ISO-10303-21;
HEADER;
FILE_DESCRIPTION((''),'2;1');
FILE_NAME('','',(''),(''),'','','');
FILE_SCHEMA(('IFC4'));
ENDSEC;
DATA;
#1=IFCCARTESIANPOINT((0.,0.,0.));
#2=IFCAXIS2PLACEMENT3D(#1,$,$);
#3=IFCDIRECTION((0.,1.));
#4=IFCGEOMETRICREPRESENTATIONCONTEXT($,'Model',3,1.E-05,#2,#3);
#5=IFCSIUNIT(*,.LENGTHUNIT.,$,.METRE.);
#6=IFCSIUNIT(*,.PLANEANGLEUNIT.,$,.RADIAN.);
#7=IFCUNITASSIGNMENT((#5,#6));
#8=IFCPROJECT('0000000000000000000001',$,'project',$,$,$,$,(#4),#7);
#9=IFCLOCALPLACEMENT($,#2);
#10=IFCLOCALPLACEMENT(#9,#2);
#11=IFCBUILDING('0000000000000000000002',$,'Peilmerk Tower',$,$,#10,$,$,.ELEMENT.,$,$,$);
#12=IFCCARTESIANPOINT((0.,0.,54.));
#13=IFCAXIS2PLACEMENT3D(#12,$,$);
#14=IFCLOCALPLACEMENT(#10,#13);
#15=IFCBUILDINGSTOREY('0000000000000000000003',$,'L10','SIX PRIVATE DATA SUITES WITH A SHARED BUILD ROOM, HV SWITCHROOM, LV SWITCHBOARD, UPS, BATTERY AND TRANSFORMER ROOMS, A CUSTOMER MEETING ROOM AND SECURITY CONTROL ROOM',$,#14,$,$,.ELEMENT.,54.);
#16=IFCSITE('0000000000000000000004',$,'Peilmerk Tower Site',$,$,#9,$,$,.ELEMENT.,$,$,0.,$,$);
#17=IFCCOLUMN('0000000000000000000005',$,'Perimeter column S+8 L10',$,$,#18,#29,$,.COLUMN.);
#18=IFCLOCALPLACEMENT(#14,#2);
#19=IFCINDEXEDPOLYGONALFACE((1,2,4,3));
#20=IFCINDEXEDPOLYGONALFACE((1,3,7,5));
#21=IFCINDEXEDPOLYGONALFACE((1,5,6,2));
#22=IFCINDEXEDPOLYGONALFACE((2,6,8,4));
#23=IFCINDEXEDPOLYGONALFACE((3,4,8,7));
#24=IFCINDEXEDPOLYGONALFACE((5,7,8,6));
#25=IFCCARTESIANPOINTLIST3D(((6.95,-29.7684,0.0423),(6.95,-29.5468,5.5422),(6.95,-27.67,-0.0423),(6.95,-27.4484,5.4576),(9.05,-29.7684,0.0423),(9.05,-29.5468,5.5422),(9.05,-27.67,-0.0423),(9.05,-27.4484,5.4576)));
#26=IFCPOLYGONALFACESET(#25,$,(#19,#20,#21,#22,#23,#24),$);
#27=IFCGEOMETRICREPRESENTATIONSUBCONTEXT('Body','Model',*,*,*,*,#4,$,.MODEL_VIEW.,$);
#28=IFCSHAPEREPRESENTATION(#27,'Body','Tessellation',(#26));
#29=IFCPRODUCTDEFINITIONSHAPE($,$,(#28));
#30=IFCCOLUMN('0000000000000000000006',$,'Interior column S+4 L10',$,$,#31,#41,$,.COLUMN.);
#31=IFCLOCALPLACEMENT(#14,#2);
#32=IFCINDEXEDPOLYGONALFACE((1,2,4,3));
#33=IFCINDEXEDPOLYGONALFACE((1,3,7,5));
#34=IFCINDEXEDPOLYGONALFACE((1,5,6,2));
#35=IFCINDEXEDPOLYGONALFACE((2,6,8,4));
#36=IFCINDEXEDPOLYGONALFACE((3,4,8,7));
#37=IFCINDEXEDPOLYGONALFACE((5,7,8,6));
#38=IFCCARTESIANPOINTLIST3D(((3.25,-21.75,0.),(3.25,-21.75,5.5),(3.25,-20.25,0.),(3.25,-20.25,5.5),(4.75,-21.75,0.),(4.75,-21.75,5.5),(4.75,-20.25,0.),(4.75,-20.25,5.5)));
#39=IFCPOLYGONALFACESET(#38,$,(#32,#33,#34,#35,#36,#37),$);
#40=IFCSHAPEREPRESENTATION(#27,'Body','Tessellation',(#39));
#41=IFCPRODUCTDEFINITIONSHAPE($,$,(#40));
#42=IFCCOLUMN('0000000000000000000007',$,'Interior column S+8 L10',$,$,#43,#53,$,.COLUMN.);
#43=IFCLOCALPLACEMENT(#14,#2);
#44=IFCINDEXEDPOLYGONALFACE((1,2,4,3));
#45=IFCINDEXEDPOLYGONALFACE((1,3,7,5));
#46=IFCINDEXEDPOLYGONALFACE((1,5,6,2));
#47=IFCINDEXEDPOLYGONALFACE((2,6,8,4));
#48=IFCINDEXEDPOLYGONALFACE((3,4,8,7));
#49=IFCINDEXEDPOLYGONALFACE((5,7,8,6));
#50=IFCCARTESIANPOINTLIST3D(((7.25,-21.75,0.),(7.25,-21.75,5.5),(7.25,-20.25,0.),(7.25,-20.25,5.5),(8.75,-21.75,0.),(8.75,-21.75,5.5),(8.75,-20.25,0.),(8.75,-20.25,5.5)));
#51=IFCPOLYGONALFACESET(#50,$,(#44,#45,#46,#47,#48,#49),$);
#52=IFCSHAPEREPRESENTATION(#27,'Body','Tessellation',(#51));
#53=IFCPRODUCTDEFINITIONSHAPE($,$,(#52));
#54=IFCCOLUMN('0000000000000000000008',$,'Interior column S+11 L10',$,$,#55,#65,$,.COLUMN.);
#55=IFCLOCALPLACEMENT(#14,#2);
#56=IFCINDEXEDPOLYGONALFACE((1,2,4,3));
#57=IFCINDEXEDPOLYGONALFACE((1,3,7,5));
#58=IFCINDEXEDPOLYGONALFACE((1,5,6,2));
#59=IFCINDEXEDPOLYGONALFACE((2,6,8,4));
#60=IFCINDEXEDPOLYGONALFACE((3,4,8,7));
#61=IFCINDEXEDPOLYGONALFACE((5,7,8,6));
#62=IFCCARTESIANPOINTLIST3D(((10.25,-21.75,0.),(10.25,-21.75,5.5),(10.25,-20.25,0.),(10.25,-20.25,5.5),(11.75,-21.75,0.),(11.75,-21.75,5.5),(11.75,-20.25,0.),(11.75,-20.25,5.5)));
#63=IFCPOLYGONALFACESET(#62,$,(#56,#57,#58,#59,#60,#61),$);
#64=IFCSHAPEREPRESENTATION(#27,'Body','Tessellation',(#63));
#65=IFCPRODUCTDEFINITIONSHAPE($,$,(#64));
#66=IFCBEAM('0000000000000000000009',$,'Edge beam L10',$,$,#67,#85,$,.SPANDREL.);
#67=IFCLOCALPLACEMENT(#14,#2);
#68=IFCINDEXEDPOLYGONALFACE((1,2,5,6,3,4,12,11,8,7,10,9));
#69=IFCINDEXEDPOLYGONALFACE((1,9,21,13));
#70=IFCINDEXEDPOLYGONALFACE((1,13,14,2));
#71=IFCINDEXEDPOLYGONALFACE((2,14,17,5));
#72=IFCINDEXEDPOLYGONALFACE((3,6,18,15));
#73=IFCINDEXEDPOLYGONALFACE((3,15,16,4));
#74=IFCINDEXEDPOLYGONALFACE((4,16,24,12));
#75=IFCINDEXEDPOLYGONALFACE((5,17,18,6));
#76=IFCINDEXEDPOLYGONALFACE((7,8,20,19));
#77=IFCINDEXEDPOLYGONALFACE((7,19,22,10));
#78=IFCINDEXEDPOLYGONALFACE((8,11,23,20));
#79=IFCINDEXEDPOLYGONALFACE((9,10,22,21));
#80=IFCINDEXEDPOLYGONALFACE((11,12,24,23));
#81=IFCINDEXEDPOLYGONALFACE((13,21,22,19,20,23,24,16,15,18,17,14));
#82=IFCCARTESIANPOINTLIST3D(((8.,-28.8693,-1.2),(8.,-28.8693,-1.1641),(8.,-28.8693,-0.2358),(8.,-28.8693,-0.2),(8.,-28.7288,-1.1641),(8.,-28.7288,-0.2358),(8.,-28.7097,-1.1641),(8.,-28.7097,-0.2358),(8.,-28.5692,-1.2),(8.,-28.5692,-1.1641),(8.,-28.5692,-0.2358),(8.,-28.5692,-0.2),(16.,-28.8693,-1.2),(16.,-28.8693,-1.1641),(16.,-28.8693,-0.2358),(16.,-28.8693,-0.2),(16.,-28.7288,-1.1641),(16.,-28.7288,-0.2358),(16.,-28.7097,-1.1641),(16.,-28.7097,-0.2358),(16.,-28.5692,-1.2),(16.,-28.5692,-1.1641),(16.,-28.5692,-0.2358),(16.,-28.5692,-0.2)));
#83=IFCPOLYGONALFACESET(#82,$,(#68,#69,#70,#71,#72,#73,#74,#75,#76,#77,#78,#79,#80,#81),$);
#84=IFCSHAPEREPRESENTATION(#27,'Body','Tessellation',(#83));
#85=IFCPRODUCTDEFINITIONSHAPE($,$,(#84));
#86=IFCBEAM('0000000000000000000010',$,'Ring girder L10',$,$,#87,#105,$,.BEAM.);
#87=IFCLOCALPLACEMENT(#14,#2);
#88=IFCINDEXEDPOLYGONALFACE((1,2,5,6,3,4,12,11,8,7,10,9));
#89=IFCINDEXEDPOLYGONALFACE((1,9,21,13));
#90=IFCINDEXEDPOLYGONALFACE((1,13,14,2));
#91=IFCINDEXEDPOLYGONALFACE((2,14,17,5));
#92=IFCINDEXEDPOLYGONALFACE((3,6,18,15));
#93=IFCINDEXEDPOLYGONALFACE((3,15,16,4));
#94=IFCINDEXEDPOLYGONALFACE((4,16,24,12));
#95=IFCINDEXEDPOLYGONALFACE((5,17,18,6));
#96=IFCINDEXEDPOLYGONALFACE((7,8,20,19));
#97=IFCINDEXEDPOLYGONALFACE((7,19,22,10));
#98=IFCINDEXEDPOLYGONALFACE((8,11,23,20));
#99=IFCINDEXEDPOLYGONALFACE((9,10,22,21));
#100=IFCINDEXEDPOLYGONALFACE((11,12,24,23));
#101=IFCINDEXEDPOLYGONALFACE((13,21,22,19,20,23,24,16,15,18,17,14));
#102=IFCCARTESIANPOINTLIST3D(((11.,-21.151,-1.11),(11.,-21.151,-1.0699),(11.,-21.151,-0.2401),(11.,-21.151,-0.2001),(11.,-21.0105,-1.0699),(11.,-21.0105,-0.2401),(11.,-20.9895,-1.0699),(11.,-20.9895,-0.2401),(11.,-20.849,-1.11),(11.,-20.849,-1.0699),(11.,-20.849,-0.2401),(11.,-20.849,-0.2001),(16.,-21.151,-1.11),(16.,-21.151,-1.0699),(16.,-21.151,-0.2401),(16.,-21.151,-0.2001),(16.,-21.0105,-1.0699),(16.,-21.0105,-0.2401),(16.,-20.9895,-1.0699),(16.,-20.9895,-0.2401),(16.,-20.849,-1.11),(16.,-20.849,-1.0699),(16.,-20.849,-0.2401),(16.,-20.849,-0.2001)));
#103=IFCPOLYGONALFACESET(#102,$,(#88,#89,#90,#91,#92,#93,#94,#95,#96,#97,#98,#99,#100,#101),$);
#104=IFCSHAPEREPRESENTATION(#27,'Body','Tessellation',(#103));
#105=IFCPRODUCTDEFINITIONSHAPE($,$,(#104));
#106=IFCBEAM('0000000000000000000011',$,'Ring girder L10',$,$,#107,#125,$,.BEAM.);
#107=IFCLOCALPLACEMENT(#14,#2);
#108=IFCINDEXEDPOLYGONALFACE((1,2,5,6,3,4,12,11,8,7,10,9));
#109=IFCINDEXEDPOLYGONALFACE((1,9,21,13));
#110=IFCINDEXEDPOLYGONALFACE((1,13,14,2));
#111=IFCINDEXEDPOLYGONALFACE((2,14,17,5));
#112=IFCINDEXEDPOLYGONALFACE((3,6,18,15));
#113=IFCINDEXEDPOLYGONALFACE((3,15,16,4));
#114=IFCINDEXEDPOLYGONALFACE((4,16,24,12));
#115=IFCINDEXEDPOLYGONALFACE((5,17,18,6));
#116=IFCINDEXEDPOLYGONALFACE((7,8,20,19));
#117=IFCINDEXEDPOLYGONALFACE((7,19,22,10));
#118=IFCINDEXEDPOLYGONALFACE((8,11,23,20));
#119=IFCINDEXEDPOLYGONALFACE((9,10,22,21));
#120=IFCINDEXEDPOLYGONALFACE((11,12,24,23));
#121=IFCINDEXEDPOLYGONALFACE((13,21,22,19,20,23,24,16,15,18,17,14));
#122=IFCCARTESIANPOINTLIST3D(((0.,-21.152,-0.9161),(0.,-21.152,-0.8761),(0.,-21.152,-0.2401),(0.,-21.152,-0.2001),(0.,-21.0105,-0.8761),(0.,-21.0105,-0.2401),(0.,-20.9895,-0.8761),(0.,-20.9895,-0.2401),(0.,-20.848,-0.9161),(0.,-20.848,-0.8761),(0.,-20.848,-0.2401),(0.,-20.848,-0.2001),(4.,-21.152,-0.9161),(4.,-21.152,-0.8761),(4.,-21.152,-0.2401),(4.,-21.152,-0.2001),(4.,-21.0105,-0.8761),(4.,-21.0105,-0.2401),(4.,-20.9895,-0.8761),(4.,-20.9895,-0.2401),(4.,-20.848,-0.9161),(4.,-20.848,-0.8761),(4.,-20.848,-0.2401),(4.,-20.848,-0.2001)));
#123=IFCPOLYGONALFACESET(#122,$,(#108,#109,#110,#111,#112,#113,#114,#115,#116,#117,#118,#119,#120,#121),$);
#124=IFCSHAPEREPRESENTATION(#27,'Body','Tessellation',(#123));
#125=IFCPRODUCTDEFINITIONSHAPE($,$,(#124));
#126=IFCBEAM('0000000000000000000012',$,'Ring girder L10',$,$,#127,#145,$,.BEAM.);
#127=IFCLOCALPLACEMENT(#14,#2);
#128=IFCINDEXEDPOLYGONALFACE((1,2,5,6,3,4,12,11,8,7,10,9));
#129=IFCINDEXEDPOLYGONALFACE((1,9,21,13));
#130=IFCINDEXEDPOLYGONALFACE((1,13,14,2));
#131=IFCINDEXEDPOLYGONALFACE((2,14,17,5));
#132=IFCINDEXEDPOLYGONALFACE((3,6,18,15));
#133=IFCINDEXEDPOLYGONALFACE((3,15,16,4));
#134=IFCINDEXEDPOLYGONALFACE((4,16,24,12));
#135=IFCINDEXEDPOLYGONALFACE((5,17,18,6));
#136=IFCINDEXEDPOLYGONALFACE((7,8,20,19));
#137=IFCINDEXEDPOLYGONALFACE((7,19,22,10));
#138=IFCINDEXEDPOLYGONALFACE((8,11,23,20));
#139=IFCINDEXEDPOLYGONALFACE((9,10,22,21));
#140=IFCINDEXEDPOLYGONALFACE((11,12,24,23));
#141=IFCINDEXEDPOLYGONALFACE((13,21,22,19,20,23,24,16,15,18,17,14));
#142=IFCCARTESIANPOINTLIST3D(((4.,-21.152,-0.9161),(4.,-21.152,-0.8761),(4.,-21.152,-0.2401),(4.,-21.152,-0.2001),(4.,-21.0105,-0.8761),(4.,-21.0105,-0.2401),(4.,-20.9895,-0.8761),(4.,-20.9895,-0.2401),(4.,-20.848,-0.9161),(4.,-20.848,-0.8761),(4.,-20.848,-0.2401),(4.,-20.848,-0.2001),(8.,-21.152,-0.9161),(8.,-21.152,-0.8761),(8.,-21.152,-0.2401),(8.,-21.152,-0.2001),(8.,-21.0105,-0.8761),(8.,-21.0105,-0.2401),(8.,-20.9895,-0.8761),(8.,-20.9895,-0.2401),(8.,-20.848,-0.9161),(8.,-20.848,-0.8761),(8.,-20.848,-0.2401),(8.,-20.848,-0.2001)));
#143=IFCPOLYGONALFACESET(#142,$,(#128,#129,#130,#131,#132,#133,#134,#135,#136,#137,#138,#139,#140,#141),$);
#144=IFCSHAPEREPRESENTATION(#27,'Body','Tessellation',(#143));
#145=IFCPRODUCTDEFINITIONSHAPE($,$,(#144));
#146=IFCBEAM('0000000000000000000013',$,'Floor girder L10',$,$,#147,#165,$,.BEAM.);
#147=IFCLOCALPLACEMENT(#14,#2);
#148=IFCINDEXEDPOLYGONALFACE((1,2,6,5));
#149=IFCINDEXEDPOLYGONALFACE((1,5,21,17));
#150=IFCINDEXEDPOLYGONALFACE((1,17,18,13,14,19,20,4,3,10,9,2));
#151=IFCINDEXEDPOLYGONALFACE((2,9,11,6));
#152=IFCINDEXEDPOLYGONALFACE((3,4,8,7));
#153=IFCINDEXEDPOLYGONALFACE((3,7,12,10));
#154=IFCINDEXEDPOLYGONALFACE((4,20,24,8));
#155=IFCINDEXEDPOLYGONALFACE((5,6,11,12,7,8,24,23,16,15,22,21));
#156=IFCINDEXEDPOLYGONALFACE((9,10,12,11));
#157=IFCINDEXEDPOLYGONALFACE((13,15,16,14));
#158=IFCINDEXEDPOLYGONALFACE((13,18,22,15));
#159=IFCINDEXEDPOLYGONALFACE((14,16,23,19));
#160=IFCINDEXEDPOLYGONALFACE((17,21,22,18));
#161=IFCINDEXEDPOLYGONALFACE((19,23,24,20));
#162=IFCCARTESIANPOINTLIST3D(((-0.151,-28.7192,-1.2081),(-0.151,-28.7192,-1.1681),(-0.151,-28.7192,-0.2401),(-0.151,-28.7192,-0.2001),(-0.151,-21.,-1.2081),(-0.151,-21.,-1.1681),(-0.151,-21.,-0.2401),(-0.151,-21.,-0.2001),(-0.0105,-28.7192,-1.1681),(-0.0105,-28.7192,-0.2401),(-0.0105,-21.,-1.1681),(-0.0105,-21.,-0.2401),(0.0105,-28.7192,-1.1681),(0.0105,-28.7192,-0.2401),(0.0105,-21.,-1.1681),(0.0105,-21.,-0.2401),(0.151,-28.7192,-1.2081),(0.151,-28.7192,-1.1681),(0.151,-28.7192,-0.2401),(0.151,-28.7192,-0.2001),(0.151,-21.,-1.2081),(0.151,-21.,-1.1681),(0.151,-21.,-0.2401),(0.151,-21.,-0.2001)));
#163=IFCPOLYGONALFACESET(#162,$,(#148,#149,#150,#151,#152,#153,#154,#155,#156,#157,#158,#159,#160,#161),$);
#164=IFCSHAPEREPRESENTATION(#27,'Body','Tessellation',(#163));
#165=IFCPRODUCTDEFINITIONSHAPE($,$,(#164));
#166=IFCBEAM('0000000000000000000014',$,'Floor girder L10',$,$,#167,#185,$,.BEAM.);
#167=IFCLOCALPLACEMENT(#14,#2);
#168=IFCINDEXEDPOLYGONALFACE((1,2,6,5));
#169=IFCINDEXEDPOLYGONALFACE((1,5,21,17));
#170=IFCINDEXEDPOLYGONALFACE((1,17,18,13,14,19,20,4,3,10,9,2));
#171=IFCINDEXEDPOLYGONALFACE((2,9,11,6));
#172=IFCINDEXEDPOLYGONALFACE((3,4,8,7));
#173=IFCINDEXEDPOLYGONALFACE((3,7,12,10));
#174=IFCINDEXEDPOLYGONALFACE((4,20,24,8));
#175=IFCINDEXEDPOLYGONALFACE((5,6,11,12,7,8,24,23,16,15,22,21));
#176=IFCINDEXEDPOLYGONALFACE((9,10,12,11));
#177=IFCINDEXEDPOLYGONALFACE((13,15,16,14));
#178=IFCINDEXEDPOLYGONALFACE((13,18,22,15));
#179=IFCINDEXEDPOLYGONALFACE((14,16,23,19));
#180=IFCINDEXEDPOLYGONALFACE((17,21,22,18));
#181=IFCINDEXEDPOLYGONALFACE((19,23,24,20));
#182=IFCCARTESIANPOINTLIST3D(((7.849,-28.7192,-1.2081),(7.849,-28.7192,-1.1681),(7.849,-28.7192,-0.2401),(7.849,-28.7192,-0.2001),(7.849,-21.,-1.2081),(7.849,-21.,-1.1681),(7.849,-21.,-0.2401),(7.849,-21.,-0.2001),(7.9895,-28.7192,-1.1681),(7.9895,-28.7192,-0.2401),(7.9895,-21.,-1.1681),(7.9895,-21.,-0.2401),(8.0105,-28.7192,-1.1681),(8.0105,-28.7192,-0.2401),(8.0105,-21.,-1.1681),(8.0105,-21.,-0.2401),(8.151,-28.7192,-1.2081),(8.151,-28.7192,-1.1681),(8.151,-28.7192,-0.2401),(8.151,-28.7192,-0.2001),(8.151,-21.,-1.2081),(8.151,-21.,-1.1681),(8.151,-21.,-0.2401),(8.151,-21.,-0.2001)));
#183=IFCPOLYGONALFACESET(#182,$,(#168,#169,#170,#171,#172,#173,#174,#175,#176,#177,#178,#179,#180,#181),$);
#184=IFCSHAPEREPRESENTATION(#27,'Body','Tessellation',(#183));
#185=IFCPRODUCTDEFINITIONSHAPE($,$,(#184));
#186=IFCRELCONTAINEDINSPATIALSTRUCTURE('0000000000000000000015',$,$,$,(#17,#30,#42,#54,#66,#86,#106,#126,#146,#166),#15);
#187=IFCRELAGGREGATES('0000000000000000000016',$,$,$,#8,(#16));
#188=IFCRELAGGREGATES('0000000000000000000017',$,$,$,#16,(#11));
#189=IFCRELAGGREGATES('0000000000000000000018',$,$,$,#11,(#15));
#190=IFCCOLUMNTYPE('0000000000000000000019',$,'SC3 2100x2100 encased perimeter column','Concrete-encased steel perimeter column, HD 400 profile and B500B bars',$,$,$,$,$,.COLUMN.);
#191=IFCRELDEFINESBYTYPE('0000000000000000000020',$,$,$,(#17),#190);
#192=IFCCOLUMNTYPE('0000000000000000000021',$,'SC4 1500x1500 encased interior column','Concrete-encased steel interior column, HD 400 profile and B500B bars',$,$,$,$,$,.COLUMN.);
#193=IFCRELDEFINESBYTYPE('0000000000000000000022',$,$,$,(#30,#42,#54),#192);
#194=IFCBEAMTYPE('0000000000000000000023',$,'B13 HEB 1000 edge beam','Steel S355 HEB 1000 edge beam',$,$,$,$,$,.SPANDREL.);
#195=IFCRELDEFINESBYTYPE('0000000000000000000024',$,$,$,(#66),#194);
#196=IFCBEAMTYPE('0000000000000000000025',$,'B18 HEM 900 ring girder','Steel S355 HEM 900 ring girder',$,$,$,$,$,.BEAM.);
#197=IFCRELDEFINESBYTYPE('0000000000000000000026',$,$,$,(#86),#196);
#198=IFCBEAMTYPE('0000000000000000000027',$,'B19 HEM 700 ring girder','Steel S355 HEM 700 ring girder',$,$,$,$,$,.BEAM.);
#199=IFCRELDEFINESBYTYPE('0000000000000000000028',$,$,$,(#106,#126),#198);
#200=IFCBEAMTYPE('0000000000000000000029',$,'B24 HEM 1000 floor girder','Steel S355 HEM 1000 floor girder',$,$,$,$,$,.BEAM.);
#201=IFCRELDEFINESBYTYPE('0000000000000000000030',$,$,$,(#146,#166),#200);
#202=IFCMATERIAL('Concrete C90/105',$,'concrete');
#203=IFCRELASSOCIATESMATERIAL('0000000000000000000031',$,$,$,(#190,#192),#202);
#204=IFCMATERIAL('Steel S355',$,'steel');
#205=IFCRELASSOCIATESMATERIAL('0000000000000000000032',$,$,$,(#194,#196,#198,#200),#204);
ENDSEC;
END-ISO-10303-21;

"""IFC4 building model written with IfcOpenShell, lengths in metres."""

from ifc_helpers import new_model, si_unit, direction, frame, origin, origin_2d, place, context, subcontext, project, spatial, rectangle, i_section, extrude, material, material_profile, profile_set, type_object, element, save


model = new_model("IFC4")

# Units and contexts
model_context = context("Model", 3, precision=1e-05, world=origin(), true_north=direction((0.0, 1.0)))
body_context = subcontext(model_context, "Body", "Model", "MODEL_VIEW")
ifc_project = project(units=[si_unit("LENGTHUNIT", "METRE"), si_unit("PLANEANGLEUNIT", "RADIAN")], contexts=[model_context])

# Site, building, storey
site_placement = place(None, origin())
site = spatial("IfcSite", under=ifc_project, at=site_placement, Name="Peilmerk Tower Site", CompositionType="ELEMENT", RefElevation=0.0)
building_placement = place(site_placement, origin())
building = spatial("IfcBuilding", under=site, at=building_placement, Name="Peilmerk Tower", CompositionType="ELEMENT")
storey_placement = place(building_placement, frame((0.0, 0.0, 54.0)))
storey = spatial("IfcBuildingStorey", under=building, at=storey_placement, Name="L10", Description="SIX PRIVATE DATA SUITES WITH A SHARED BUILD ROOM, HV SWITCHROOM, LV SWITCHBOARD, UPS, BATTERY AND TRANSFORMER ROOMS, A CUSTOMER MEETING ROOM AND SECURITY CONTROL ROOM", CompositionType="ELEMENT", Elevation=54.0)

# Columns
ifc_material_1 = material(Name="Concrete C90/105", Category="concrete")
ifc_material_profile_1 = material_profile(ifc_material_1, rectangle(XDim=2.1001, YDim=2.1001, at=origin_2d()), Name="RC 2100x2100")
ifc_profile_set_1 = profile_set([ifc_material_profile_1], Name="Concrete C90/105")
column_type_1 = type_object("IfcColumnType", Name="SC3 2100x2100 encased perimeter column", Description="Concrete-encased steel perimeter column, HD 400 profile and B500B bars", PredefinedType="COLUMN", material=ifc_profile_set_1)
column_placement = place(storey_placement, frame((8.0, -28.7192, 0.0), z_axis=(0.0, 0.040273, 0.999189), x_axis=(-1.0, 0.0, 0.0)))
element("IfcColumn", 1, at=column_placement, inside=storey, type_object=column_type_1, Name="Perimeter column S+8 L10", PredefinedType="COLUMN", context=body_context, shape_type="SweptSolid", body=[
    extrude(rectangle(XDim=2.1001, YDim=2.1001, at=origin_2d()), origin(), (0.0, 0.0, 1.0), 5.5044),
])
ifc_material_profile_2 = material_profile(ifc_material_1, rectangle(XDim=1.5, YDim=1.5, at=origin_2d()), Name="RC 1500x1500")
ifc_profile_set_2 = profile_set([ifc_material_profile_2], Name="Concrete C90/105")
column_type_2 = type_object("IfcColumnType", Name="SC4 1500x1500 encased interior column", Description="Concrete-encased steel interior column, HD 400 profile and B500B bars", PredefinedType="COLUMN", material=ifc_profile_set_2)
for number, where, z_axis, x_axis, name in (
    (2, (4.0, -21.0, 0.0), (0.0, 0.0, 1.0), (1.0, 0.0, 0.0), "Interior column S+4 L10"),
    (3, (8.0, -21.0, 0.0), (0.0, 0.0, 1.0), (1.0, 0.0, 0.0), "Interior column S+8 L10"),
    (4, (11.0, -21.0, 0.0), (0.0, 0.0, 1.0), (1.0, 0.0, 0.0), "Interior column S+11 L10"),
):
    element("IfcColumn", number, at=place(storey_placement, frame(where, z_axis=z_axis, x_axis=x_axis)), inside=storey, type_object=column_type_2, Name=name, PredefinedType="COLUMN", context=body_context, shape_type="SweptSolid", body=[
        extrude(rectangle(XDim=1.5, YDim=1.5, at=origin_2d()), origin(), (0.0, 0.0, 1.0), 5.5),
    ])

# Beams
ifc_material_2 = material(Name="Steel S355", Category="steel")
ifc_material_profile_3 = material_profile(ifc_material_2, i_section(OverallWidth=0.3, OverallDepth=1.0, WebThickness=0.019, FlangeThickness=0.0359, at=origin_2d()), Name="HEB 1000")
ifc_profile_set_3 = profile_set([ifc_material_profile_3], Name="Steel S355")
beam_type_1 = type_object("IfcBeamType", Name="B13 HEB 1000 edge beam", Description="Steel S355 HEB 1000 edge beam", PredefinedType="SPANDREL", material=ifc_profile_set_3)
beam_1_placement = place(storey_placement, frame((8.0, -28.7192, -0.7), z_axis=(1.0, 0.0, 0.0), x_axis=(0.0, 1.0, 0.0)))
element("IfcBeam", 5, at=beam_1_placement, inside=storey, type_object=beam_type_1, Name="Edge beam L10", PredefinedType="SPANDREL", context=body_context, shape_type="SweptSolid", body=[
    extrude(i_section(OverallWidth=0.3, OverallDepth=1.0, WebThickness=0.019, FlangeThickness=0.0359, at=origin_2d()), origin(), (0.0, 0.0, 1.0), 8.0),
])
ifc_material_profile_4 = material_profile(ifc_material_2, i_section(OverallWidth=0.302, OverallDepth=0.9099, WebThickness=0.021, FlangeThickness=0.04, at=origin_2d()), Name="HEM 900")
ifc_profile_set_4 = profile_set([ifc_material_profile_4], Name="Steel S355")
beam_type_2 = type_object("IfcBeamType", Name="B18 HEM 900 ring girder", Description="Steel S355 HEM 900 ring girder", PredefinedType="BEAM", material=ifc_profile_set_4)
beam_2_placement = place(storey_placement, frame((11.0, -21.0, -0.655), z_axis=(1.0, 0.0, 0.0), x_axis=(0.0, 1.0, 0.0)))
element("IfcBeam", 6, at=beam_2_placement, inside=storey, type_object=beam_type_2, Name="Ring girder L10", PredefinedType="BEAM", context=body_context, shape_type="SweptSolid", body=[
    extrude(i_section(OverallWidth=0.302, OverallDepth=0.9099, WebThickness=0.021, FlangeThickness=0.04, at=origin_2d()), origin(), (0.0, 0.0, 1.0), 5.0),
])
ifc_material_profile_5 = material_profile(ifc_material_2, i_section(OverallWidth=0.304, OverallDepth=0.7161, WebThickness=0.021, FlangeThickness=0.04, at=origin_2d()), Name="HEM 700")
ifc_profile_set_5 = profile_set([ifc_material_profile_5], Name="Steel S355")
beam_type_3 = type_object("IfcBeamType", Name="B19 HEM 700 ring girder", Description="Steel S355 HEM 700 ring girder", PredefinedType="BEAM", material=ifc_profile_set_5)
for number, where, z_axis, x_axis, name in (
    (7, (0.0, -21.0, -0.5581), (1.0, 0.0, 0.0), (0.0, 1.0, 0.0), "Ring girder L10"),
    (8, (4.0, -21.0, -0.5581), (1.0, 0.0, 0.0), (0.0, 1.0, 0.0), "Ring girder L10"),
):
    element("IfcBeam", number, at=place(storey_placement, frame(where, z_axis=z_axis, x_axis=x_axis)), inside=storey, type_object=beam_type_3, Name=name, PredefinedType="BEAM", context=body_context, shape_type="SweptSolid", body=[
        extrude(i_section(OverallWidth=0.304, OverallDepth=0.7161, WebThickness=0.021, FlangeThickness=0.04, at=origin_2d()), origin(), (0.0, 0.0, 1.0), 4.0),
    ])
ifc_material_profile_6 = material_profile(ifc_material_2, i_section(OverallWidth=0.302, OverallDepth=1.0081, WebThickness=0.021, FlangeThickness=0.04, at=origin_2d()), Name="HEM 1000")
ifc_profile_set_6 = profile_set([ifc_material_profile_6], Name="Steel S355")
beam_type_4 = type_object("IfcBeamType", Name="B24 HEM 1000 floor girder", Description="Steel S355 HEM 1000 floor girder", PredefinedType="BEAM", material=ifc_profile_set_6)
for number, where, z_axis, x_axis, name in (
    (9, (0.0, -21.0, -0.7041), (0.0, -1.0, 0.0), (1.0, 0.0, 0.0), "Floor girder L10"),
    (10, (8.0, -21.0, -0.7041), (0.0, -1.0, 0.0), (1.0, 0.0, 0.0), "Floor girder L10"),
):
    element("IfcBeam", number, at=place(storey_placement, frame(where, z_axis=z_axis, x_axis=x_axis)), inside=storey, type_object=beam_type_4, Name=name, PredefinedType="BEAM", context=body_context, shape_type="SweptSolid", body=[
        extrude(i_section(OverallWidth=0.302, OverallDepth=1.0081, WebThickness=0.021, FlangeThickness=0.04, at=origin_2d()), origin(), (0.0, 0.0, 1.0), 7.7192),
    ])

save(model, "model.ifc")
